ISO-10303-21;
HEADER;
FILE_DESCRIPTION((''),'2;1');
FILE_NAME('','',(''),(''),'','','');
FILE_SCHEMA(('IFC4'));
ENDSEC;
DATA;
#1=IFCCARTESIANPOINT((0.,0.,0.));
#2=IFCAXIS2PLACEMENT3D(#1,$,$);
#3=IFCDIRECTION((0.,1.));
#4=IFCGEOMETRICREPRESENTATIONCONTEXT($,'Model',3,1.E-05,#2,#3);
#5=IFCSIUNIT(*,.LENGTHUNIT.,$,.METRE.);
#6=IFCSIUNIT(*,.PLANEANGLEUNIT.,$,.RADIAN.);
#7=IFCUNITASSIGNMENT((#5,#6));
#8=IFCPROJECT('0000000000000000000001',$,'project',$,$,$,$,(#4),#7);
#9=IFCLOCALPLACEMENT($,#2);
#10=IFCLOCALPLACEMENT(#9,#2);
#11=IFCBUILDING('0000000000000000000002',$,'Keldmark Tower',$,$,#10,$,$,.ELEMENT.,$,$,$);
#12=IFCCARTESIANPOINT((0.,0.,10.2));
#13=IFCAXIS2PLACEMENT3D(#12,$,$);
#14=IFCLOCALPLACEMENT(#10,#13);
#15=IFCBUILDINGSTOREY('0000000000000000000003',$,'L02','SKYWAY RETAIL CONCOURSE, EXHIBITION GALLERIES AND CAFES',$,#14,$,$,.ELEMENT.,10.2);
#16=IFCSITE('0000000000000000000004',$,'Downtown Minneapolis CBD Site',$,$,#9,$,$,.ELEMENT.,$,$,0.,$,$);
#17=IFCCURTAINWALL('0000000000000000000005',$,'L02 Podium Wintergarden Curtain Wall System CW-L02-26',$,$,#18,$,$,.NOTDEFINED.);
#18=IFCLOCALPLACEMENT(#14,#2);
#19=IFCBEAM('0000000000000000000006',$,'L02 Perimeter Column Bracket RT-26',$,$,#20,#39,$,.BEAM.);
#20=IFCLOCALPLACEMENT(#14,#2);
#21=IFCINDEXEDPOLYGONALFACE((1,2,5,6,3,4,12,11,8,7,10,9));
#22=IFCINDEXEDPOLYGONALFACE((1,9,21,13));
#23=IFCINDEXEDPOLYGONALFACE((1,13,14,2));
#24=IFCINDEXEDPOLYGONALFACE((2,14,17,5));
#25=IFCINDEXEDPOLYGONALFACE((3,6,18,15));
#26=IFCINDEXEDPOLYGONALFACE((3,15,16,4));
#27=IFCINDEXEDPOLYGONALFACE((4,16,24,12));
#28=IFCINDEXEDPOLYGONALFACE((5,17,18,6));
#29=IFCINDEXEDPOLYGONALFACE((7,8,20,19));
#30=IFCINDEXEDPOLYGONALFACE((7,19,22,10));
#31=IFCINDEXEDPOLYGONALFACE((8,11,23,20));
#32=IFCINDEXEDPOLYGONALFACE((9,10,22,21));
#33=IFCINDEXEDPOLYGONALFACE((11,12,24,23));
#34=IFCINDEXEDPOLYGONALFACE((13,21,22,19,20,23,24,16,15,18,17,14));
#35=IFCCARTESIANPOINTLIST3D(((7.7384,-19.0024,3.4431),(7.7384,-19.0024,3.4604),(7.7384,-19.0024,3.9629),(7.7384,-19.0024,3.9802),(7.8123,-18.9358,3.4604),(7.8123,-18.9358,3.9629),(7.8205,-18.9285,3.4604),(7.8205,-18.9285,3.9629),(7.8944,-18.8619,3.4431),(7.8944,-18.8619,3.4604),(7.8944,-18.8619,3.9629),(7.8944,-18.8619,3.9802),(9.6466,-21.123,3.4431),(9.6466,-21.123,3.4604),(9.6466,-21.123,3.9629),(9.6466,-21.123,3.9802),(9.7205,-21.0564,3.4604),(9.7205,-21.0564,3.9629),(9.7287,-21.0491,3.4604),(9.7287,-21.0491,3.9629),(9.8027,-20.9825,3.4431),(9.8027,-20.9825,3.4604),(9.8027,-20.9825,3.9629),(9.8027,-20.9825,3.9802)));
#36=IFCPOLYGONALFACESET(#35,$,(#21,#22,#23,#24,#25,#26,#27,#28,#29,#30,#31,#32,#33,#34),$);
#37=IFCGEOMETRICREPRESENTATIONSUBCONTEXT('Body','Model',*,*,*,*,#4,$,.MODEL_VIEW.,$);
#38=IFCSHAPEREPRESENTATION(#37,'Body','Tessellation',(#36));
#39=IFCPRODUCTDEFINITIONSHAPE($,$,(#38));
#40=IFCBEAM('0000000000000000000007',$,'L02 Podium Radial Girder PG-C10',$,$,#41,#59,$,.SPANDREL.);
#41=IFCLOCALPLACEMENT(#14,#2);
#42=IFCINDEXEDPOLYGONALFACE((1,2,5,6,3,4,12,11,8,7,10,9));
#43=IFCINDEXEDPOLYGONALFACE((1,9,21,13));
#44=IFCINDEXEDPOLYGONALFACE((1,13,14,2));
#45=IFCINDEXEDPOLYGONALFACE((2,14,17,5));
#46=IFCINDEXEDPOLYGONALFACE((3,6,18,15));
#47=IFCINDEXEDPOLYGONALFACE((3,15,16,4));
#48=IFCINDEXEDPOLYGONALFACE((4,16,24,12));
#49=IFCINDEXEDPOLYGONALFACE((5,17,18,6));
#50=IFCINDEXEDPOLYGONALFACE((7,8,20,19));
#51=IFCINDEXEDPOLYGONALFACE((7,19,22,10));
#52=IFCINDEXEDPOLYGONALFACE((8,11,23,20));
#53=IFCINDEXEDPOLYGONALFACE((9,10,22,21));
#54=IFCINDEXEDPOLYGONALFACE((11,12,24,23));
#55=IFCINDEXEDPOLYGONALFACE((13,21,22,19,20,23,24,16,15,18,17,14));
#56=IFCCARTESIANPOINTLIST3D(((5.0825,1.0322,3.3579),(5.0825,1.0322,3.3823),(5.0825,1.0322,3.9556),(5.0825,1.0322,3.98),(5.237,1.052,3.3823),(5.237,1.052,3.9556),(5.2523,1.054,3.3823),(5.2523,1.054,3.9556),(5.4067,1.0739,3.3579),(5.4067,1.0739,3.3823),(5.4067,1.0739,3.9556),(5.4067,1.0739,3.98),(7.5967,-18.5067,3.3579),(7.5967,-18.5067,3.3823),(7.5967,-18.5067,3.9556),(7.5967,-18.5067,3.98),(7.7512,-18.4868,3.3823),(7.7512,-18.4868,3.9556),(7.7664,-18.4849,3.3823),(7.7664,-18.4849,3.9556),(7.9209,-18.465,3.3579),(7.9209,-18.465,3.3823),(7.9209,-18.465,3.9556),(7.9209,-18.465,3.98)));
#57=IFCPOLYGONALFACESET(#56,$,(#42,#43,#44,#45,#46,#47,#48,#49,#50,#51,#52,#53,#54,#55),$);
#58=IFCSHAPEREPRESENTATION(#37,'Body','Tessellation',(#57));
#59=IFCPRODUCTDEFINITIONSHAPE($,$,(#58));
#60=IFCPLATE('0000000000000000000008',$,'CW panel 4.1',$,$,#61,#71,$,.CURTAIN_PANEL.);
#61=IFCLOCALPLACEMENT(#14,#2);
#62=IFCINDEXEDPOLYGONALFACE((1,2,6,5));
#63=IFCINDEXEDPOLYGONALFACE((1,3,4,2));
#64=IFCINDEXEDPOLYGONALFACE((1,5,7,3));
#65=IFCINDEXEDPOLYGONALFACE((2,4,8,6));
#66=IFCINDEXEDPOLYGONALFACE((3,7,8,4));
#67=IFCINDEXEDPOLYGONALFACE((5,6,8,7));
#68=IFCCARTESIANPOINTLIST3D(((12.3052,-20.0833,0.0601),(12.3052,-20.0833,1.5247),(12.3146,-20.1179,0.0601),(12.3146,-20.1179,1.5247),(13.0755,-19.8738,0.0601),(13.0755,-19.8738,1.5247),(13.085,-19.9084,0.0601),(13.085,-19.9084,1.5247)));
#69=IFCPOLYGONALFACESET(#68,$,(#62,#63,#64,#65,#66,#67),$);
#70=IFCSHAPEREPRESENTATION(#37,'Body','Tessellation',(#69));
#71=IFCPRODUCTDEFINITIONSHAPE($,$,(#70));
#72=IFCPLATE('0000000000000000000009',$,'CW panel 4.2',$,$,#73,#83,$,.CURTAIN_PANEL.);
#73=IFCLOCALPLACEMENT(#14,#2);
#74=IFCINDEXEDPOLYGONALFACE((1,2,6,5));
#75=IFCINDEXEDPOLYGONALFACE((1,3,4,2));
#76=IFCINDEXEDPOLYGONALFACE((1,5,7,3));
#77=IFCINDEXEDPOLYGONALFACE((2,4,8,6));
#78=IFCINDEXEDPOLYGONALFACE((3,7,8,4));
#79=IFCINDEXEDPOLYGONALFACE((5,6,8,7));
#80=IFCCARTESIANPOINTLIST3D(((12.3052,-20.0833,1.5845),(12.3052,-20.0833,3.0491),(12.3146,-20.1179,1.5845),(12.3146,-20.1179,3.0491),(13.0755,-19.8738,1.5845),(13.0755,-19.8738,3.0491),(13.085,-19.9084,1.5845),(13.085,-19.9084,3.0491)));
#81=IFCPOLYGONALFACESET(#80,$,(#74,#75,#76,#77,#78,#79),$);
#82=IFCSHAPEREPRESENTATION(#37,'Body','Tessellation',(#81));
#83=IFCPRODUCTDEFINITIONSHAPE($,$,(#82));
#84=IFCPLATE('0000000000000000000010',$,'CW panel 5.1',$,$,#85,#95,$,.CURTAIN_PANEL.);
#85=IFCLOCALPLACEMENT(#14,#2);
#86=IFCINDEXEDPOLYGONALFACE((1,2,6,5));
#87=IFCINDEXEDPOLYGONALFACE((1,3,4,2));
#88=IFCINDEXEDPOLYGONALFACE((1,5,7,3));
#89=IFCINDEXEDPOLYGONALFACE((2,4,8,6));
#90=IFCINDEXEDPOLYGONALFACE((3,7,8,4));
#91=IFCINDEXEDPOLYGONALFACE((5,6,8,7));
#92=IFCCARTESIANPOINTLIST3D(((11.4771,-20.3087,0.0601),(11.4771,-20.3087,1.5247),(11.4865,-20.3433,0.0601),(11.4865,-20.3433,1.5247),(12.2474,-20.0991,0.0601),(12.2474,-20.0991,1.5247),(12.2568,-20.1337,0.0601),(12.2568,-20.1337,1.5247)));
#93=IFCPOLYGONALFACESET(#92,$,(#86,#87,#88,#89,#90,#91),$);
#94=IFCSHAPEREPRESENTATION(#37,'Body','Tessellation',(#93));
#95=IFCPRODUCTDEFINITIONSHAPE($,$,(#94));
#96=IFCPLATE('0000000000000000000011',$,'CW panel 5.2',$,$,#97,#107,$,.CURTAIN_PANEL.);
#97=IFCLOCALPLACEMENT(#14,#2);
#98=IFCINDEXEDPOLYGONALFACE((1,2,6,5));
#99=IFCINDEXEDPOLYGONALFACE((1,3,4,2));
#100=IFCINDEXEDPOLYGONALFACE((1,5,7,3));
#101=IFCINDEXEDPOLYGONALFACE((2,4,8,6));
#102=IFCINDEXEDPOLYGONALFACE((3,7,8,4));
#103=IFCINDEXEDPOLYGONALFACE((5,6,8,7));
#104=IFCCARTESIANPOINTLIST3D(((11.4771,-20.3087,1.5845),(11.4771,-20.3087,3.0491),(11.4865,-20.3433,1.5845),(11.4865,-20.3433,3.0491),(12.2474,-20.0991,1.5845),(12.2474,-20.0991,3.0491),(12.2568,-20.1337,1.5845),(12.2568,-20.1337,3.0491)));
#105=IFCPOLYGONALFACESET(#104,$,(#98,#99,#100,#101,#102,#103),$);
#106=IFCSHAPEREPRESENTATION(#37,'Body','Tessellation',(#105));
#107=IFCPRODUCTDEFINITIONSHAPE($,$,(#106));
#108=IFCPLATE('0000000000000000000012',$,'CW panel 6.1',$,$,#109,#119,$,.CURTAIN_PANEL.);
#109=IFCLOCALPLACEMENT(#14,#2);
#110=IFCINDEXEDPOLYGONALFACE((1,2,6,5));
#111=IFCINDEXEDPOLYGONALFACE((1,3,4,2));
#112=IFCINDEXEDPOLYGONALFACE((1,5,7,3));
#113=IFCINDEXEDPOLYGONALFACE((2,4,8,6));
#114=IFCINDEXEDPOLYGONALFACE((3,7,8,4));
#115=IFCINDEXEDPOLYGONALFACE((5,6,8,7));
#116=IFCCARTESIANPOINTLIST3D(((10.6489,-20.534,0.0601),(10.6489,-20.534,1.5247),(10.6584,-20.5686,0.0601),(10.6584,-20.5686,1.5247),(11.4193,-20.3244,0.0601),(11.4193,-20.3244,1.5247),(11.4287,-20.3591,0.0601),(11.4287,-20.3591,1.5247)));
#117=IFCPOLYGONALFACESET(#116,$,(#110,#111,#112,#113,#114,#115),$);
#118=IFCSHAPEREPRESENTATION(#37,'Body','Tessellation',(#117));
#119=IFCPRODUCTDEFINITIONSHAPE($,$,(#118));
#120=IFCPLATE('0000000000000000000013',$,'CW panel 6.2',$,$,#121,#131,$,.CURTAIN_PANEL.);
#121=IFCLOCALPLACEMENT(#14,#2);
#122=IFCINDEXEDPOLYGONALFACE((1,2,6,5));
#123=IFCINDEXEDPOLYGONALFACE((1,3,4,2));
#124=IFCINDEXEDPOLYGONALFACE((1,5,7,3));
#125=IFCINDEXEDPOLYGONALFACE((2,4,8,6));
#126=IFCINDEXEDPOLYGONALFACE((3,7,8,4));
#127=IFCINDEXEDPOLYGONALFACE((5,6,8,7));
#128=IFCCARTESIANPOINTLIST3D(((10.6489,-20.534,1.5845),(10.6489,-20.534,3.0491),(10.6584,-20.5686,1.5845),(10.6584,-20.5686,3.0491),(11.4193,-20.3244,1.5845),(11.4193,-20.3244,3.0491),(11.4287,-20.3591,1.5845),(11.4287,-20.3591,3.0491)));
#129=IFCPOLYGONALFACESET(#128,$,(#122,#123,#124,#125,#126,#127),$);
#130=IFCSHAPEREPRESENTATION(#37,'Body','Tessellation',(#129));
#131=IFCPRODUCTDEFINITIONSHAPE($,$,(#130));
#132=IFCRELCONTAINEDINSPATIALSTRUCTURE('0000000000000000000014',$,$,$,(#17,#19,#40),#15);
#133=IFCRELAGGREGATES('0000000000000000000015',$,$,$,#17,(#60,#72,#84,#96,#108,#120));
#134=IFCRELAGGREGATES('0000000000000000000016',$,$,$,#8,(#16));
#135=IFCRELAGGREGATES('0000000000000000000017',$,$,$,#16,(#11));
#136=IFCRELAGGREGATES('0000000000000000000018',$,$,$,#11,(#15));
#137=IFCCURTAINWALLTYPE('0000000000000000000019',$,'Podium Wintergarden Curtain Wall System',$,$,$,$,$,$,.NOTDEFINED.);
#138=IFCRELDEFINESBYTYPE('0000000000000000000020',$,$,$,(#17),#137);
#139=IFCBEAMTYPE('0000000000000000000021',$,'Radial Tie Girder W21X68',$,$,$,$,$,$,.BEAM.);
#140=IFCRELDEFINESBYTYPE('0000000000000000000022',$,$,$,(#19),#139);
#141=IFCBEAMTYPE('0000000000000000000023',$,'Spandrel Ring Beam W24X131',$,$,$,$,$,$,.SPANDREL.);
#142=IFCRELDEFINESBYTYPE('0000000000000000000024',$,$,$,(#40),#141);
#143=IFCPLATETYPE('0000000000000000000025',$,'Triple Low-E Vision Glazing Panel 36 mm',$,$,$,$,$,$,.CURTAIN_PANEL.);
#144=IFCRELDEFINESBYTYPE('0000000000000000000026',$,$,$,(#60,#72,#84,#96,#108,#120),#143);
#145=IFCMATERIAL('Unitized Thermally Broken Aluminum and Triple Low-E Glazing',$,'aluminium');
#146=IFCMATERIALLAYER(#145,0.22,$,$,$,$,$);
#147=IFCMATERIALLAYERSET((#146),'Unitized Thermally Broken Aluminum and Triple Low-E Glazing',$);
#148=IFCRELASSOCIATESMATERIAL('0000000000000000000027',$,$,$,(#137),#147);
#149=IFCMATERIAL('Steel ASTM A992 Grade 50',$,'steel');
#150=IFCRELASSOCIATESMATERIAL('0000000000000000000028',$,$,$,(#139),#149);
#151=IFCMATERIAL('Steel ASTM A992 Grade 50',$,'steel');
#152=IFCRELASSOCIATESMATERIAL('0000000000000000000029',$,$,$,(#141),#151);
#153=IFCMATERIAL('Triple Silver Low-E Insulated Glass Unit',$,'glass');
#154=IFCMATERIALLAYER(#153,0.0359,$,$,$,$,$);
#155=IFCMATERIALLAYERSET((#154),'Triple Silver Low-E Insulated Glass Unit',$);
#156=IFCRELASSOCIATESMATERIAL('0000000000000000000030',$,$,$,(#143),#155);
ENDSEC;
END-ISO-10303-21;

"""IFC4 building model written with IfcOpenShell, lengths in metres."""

from ifc_helpers import new_model, si_unit, direction, frame, origin, origin_2d, place, context, subcontext, project, spatial, rectangle, i_section, extrude, material, layer, layer_set, material_profile, profile_set, type_object, element, aggregate, save


model = new_model("IFC4")

# Units and contexts
model_context = context("Model", 3, precision=1e-05, world=origin(), true_north=direction((0.0, 1.0)))
body_context = subcontext(model_context, "Body", "Model", "MODEL_VIEW")
ifc_project = project(units=[si_unit("LENGTHUNIT", "METRE"), si_unit("PLANEANGLEUNIT", "RADIAN")], contexts=[model_context])

# Site, building, storey
site_placement = place(None, origin())
site = spatial("IfcSite", under=ifc_project, at=site_placement, Name="Downtown Minneapolis CBD Site", CompositionType="ELEMENT", RefElevation=0.0)
building_placement = place(site_placement, origin())
building = spatial("IfcBuilding", under=site, at=building_placement, Name="Keldmark Tower", CompositionType="ELEMENT")
storey_placement = place(building_placement, frame((0.0, 0.0, 10.2)))
storey = spatial("IfcBuildingStorey", under=building, at=storey_placement, Name="L02", Description="SKYWAY RETAIL CONCOURSE, EXHIBITION GALLERIES AND CAFES", CompositionType="ELEMENT", Elevation=10.2)

# Curtain wall
ifc_material_1 = material(Name="Unitized Thermally Broken Aluminum and Triple Low-E Glazing", Category="aluminium")
ifc_layer_1 = layer(ifc_material_1, 0.22)
ifc_layer_set_1 = layer_set([ifc_layer_1], Name="Unitized Thermally Broken Aluminum and Triple Low-E Glazing")
curtain_wall_type = type_object("IfcCurtainWallType", Name="Podium Wintergarden Curtain Wall System", PredefinedType="NOTDEFINED", material=ifc_layer_set_1)
curtain_wall_placement = place(storey_placement, origin())
curtain_wall = element("IfcCurtainWall", 1, at=curtain_wall_placement, inside=storey, type_object=curtain_wall_type, Name="L02 Podium Wintergarden Curtain Wall System CW-L02-26", PredefinedType="NOTDEFINED")

# Beams
ifc_material_2 = material(Name="Steel ASTM A992 Grade 50", Category="steel")
ifc_material_profile_1 = material_profile(ifc_material_2, i_section(OverallWidth=0.21, OverallDepth=0.5371, WebThickness=0.011, FlangeThickness=0.0173, at=origin_2d()), Name="W21X68")
ifc_profile_set_1 = profile_set([ifc_material_profile_1], Name="Steel ASTM A992 Grade 50")
beam_type_1 = type_object("IfcBeamType", Name="Radial Tie Girder W21X68", PredefinedType="BEAM", material=ifc_profile_set_1)
beam_1_placement = place(storey_placement, frame((7.8164, -18.9321, 3.7117), z_axis=(0.668899, -0.743354, 0.0), x_axis=(0.743354, 0.668899, 0.0)))
element("IfcBeam", 2, at=beam_1_placement, inside=storey, type_object=beam_type_1, Name="L02 Perimeter Column Bracket RT-26", PredefinedType="BEAM", context=body_context, shape_type="SweptSolid", body=[
    extrude(i_section(OverallWidth=0.21, OverallDepth=0.5371, WebThickness=0.011, FlangeThickness=0.0173, at=origin_2d()), origin(), (0.0, 0.0, 1.0), 2.8528),
])
ifc_material_3 = material(Name="Steel ASTM A992 Grade 50", Category="steel")
ifc_material_profile_2 = material_profile(ifc_material_3, i_section(OverallWidth=0.3269, OverallDepth=0.6221, WebThickness=0.0154, FlangeThickness=0.0244, at=origin_2d()), Name="W24X131")
ifc_profile_set_2 = profile_set([ifc_material_profile_2], Name="Steel ASTM A992 Grade 50")
beam_type_2 = type_object("IfcBeamType", Name="Spandrel Ring Beam W24X131", PredefinedType="SPANDREL", material=ifc_profile_set_2)
beam_2_placement = place(storey_placement, frame((7.7588, -18.4858, 3.6689), z_axis=(-0.127623, 0.991823, 0.0), x_axis=(-0.991823, -0.127623, 0.0)))
element("IfcBeam", 3, at=beam_2_placement, inside=storey, type_object=beam_type_2, Name="L02 Podium Radial Girder PG-C10", PredefinedType="SPANDREL", context=body_context, shape_type="SweptSolid", body=[
    extrude(i_section(OverallWidth=0.3269, OverallDepth=0.6221, WebThickness=0.0154, FlangeThickness=0.0244, at=origin_2d()), origin(), (0.0, 0.0, 1.0), 19.7),
])

# Plates
ifc_material_4 = material(Name="Triple Silver Low-E Insulated Glass Unit", Category="glass")
ifc_layer_2 = layer(ifc_material_4, 0.0359)
ifc_layer_set_2 = layer_set([ifc_layer_2], Name="Triple Silver Low-E Insulated Glass Unit")
plate_type = type_object("IfcPlateType", Name="Triple Low-E Vision Glazing Panel 36 mm", PredefinedType="CURTAIN_PANEL", material=ifc_layer_set_2)
plate_1_placement = place(storey_placement, frame((12.6951, -19.9958, 0.0601), z_axis=(0.0, 0.0, 1.0), x_axis=(-0.964934, -0.262493, 0.0)))
plate_1 = element("IfcPlate", 4, at=plate_1_placement, type_object=plate_type, Name="CW panel 4.1", PredefinedType="CURTAIN_PANEL", context=body_context, shape_type="SweptSolid", body=[
    extrude(rectangle(XDim=0.7983, YDim=0.0359, at=origin_2d()), origin(), (0.0, 0.0, 1.0), 1.4646),
])
plate_2_placement = place(storey_placement, frame((12.6951, -19.9958, 1.5845), z_axis=(0.0, 0.0, 1.0), x_axis=(-0.964934, -0.262493, 0.0)))
plate_2 = element("IfcPlate", 5, at=plate_2_placement, type_object=plate_type, Name="CW panel 4.2", PredefinedType="CURTAIN_PANEL", context=body_context, shape_type="SweptSolid", body=[
    extrude(rectangle(XDim=0.7983, YDim=0.0359, at=origin_2d()), origin(), (0.0, 0.0, 1.0), 1.4646),
])
plate_3_placement = place(storey_placement, frame((11.8669, -20.2212, 0.0601), z_axis=(0.0, 0.0, 1.0), x_axis=(-0.964934, -0.262493, 0.0)))
plate_3 = element("IfcPlate", 6, at=plate_3_placement, type_object=plate_type, Name="CW panel 5.1", PredefinedType="CURTAIN_PANEL", context=body_context, shape_type="SweptSolid", body=[
    extrude(rectangle(XDim=0.7983, YDim=0.0359, at=origin_2d()), origin(), (0.0, 0.0, 1.0), 1.4646),
])
plate_4_placement = place(storey_placement, frame((11.8669, -20.2212, 1.5845), z_axis=(0.0, 0.0, 1.0), x_axis=(-0.964934, -0.262493, 0.0)))
plate_4 = element("IfcPlate", 7, at=plate_4_placement, type_object=plate_type, Name="CW panel 5.2", PredefinedType="CURTAIN_PANEL", context=body_context, shape_type="SweptSolid", body=[
    extrude(rectangle(XDim=0.7983, YDim=0.0359, at=origin_2d()), origin(), (0.0, 0.0, 1.0), 1.4646),
])
plate_5_placement = place(storey_placement, frame((11.0388, -20.4465, 0.0601), z_axis=(0.0, 0.0, 1.0), x_axis=(-0.964934, -0.262493, 0.0)))
plate_5 = element("IfcPlate", 8, at=plate_5_placement, type_object=plate_type, Name="CW panel 6.1", PredefinedType="CURTAIN_PANEL", context=body_context, shape_type="SweptSolid", body=[
    extrude(rectangle(XDim=0.7983, YDim=0.0359, at=origin_2d()), origin(), (0.0, 0.0, 1.0), 1.4646),
])
plate_6_placement = place(storey_placement, frame((11.0388, -20.4465, 1.5845), z_axis=(0.0, 0.0, 1.0), x_axis=(-0.964934, -0.262493, 0.0)))
plate_6 = element("IfcPlate", 9, at=plate_6_placement, type_object=plate_type, Name="CW panel 6.2", PredefinedType="CURTAIN_PANEL", context=body_context, shape_type="SweptSolid", body=[
    extrude(rectangle(XDim=0.7983, YDim=0.0359, at=origin_2d()), origin(), (0.0, 0.0, 1.0), 1.4646),
])
aggregate(curtain_wall, [plate_1, plate_2, plate_3, plate_4, plate_5, plate_6])

save(model, "model.ifc")
